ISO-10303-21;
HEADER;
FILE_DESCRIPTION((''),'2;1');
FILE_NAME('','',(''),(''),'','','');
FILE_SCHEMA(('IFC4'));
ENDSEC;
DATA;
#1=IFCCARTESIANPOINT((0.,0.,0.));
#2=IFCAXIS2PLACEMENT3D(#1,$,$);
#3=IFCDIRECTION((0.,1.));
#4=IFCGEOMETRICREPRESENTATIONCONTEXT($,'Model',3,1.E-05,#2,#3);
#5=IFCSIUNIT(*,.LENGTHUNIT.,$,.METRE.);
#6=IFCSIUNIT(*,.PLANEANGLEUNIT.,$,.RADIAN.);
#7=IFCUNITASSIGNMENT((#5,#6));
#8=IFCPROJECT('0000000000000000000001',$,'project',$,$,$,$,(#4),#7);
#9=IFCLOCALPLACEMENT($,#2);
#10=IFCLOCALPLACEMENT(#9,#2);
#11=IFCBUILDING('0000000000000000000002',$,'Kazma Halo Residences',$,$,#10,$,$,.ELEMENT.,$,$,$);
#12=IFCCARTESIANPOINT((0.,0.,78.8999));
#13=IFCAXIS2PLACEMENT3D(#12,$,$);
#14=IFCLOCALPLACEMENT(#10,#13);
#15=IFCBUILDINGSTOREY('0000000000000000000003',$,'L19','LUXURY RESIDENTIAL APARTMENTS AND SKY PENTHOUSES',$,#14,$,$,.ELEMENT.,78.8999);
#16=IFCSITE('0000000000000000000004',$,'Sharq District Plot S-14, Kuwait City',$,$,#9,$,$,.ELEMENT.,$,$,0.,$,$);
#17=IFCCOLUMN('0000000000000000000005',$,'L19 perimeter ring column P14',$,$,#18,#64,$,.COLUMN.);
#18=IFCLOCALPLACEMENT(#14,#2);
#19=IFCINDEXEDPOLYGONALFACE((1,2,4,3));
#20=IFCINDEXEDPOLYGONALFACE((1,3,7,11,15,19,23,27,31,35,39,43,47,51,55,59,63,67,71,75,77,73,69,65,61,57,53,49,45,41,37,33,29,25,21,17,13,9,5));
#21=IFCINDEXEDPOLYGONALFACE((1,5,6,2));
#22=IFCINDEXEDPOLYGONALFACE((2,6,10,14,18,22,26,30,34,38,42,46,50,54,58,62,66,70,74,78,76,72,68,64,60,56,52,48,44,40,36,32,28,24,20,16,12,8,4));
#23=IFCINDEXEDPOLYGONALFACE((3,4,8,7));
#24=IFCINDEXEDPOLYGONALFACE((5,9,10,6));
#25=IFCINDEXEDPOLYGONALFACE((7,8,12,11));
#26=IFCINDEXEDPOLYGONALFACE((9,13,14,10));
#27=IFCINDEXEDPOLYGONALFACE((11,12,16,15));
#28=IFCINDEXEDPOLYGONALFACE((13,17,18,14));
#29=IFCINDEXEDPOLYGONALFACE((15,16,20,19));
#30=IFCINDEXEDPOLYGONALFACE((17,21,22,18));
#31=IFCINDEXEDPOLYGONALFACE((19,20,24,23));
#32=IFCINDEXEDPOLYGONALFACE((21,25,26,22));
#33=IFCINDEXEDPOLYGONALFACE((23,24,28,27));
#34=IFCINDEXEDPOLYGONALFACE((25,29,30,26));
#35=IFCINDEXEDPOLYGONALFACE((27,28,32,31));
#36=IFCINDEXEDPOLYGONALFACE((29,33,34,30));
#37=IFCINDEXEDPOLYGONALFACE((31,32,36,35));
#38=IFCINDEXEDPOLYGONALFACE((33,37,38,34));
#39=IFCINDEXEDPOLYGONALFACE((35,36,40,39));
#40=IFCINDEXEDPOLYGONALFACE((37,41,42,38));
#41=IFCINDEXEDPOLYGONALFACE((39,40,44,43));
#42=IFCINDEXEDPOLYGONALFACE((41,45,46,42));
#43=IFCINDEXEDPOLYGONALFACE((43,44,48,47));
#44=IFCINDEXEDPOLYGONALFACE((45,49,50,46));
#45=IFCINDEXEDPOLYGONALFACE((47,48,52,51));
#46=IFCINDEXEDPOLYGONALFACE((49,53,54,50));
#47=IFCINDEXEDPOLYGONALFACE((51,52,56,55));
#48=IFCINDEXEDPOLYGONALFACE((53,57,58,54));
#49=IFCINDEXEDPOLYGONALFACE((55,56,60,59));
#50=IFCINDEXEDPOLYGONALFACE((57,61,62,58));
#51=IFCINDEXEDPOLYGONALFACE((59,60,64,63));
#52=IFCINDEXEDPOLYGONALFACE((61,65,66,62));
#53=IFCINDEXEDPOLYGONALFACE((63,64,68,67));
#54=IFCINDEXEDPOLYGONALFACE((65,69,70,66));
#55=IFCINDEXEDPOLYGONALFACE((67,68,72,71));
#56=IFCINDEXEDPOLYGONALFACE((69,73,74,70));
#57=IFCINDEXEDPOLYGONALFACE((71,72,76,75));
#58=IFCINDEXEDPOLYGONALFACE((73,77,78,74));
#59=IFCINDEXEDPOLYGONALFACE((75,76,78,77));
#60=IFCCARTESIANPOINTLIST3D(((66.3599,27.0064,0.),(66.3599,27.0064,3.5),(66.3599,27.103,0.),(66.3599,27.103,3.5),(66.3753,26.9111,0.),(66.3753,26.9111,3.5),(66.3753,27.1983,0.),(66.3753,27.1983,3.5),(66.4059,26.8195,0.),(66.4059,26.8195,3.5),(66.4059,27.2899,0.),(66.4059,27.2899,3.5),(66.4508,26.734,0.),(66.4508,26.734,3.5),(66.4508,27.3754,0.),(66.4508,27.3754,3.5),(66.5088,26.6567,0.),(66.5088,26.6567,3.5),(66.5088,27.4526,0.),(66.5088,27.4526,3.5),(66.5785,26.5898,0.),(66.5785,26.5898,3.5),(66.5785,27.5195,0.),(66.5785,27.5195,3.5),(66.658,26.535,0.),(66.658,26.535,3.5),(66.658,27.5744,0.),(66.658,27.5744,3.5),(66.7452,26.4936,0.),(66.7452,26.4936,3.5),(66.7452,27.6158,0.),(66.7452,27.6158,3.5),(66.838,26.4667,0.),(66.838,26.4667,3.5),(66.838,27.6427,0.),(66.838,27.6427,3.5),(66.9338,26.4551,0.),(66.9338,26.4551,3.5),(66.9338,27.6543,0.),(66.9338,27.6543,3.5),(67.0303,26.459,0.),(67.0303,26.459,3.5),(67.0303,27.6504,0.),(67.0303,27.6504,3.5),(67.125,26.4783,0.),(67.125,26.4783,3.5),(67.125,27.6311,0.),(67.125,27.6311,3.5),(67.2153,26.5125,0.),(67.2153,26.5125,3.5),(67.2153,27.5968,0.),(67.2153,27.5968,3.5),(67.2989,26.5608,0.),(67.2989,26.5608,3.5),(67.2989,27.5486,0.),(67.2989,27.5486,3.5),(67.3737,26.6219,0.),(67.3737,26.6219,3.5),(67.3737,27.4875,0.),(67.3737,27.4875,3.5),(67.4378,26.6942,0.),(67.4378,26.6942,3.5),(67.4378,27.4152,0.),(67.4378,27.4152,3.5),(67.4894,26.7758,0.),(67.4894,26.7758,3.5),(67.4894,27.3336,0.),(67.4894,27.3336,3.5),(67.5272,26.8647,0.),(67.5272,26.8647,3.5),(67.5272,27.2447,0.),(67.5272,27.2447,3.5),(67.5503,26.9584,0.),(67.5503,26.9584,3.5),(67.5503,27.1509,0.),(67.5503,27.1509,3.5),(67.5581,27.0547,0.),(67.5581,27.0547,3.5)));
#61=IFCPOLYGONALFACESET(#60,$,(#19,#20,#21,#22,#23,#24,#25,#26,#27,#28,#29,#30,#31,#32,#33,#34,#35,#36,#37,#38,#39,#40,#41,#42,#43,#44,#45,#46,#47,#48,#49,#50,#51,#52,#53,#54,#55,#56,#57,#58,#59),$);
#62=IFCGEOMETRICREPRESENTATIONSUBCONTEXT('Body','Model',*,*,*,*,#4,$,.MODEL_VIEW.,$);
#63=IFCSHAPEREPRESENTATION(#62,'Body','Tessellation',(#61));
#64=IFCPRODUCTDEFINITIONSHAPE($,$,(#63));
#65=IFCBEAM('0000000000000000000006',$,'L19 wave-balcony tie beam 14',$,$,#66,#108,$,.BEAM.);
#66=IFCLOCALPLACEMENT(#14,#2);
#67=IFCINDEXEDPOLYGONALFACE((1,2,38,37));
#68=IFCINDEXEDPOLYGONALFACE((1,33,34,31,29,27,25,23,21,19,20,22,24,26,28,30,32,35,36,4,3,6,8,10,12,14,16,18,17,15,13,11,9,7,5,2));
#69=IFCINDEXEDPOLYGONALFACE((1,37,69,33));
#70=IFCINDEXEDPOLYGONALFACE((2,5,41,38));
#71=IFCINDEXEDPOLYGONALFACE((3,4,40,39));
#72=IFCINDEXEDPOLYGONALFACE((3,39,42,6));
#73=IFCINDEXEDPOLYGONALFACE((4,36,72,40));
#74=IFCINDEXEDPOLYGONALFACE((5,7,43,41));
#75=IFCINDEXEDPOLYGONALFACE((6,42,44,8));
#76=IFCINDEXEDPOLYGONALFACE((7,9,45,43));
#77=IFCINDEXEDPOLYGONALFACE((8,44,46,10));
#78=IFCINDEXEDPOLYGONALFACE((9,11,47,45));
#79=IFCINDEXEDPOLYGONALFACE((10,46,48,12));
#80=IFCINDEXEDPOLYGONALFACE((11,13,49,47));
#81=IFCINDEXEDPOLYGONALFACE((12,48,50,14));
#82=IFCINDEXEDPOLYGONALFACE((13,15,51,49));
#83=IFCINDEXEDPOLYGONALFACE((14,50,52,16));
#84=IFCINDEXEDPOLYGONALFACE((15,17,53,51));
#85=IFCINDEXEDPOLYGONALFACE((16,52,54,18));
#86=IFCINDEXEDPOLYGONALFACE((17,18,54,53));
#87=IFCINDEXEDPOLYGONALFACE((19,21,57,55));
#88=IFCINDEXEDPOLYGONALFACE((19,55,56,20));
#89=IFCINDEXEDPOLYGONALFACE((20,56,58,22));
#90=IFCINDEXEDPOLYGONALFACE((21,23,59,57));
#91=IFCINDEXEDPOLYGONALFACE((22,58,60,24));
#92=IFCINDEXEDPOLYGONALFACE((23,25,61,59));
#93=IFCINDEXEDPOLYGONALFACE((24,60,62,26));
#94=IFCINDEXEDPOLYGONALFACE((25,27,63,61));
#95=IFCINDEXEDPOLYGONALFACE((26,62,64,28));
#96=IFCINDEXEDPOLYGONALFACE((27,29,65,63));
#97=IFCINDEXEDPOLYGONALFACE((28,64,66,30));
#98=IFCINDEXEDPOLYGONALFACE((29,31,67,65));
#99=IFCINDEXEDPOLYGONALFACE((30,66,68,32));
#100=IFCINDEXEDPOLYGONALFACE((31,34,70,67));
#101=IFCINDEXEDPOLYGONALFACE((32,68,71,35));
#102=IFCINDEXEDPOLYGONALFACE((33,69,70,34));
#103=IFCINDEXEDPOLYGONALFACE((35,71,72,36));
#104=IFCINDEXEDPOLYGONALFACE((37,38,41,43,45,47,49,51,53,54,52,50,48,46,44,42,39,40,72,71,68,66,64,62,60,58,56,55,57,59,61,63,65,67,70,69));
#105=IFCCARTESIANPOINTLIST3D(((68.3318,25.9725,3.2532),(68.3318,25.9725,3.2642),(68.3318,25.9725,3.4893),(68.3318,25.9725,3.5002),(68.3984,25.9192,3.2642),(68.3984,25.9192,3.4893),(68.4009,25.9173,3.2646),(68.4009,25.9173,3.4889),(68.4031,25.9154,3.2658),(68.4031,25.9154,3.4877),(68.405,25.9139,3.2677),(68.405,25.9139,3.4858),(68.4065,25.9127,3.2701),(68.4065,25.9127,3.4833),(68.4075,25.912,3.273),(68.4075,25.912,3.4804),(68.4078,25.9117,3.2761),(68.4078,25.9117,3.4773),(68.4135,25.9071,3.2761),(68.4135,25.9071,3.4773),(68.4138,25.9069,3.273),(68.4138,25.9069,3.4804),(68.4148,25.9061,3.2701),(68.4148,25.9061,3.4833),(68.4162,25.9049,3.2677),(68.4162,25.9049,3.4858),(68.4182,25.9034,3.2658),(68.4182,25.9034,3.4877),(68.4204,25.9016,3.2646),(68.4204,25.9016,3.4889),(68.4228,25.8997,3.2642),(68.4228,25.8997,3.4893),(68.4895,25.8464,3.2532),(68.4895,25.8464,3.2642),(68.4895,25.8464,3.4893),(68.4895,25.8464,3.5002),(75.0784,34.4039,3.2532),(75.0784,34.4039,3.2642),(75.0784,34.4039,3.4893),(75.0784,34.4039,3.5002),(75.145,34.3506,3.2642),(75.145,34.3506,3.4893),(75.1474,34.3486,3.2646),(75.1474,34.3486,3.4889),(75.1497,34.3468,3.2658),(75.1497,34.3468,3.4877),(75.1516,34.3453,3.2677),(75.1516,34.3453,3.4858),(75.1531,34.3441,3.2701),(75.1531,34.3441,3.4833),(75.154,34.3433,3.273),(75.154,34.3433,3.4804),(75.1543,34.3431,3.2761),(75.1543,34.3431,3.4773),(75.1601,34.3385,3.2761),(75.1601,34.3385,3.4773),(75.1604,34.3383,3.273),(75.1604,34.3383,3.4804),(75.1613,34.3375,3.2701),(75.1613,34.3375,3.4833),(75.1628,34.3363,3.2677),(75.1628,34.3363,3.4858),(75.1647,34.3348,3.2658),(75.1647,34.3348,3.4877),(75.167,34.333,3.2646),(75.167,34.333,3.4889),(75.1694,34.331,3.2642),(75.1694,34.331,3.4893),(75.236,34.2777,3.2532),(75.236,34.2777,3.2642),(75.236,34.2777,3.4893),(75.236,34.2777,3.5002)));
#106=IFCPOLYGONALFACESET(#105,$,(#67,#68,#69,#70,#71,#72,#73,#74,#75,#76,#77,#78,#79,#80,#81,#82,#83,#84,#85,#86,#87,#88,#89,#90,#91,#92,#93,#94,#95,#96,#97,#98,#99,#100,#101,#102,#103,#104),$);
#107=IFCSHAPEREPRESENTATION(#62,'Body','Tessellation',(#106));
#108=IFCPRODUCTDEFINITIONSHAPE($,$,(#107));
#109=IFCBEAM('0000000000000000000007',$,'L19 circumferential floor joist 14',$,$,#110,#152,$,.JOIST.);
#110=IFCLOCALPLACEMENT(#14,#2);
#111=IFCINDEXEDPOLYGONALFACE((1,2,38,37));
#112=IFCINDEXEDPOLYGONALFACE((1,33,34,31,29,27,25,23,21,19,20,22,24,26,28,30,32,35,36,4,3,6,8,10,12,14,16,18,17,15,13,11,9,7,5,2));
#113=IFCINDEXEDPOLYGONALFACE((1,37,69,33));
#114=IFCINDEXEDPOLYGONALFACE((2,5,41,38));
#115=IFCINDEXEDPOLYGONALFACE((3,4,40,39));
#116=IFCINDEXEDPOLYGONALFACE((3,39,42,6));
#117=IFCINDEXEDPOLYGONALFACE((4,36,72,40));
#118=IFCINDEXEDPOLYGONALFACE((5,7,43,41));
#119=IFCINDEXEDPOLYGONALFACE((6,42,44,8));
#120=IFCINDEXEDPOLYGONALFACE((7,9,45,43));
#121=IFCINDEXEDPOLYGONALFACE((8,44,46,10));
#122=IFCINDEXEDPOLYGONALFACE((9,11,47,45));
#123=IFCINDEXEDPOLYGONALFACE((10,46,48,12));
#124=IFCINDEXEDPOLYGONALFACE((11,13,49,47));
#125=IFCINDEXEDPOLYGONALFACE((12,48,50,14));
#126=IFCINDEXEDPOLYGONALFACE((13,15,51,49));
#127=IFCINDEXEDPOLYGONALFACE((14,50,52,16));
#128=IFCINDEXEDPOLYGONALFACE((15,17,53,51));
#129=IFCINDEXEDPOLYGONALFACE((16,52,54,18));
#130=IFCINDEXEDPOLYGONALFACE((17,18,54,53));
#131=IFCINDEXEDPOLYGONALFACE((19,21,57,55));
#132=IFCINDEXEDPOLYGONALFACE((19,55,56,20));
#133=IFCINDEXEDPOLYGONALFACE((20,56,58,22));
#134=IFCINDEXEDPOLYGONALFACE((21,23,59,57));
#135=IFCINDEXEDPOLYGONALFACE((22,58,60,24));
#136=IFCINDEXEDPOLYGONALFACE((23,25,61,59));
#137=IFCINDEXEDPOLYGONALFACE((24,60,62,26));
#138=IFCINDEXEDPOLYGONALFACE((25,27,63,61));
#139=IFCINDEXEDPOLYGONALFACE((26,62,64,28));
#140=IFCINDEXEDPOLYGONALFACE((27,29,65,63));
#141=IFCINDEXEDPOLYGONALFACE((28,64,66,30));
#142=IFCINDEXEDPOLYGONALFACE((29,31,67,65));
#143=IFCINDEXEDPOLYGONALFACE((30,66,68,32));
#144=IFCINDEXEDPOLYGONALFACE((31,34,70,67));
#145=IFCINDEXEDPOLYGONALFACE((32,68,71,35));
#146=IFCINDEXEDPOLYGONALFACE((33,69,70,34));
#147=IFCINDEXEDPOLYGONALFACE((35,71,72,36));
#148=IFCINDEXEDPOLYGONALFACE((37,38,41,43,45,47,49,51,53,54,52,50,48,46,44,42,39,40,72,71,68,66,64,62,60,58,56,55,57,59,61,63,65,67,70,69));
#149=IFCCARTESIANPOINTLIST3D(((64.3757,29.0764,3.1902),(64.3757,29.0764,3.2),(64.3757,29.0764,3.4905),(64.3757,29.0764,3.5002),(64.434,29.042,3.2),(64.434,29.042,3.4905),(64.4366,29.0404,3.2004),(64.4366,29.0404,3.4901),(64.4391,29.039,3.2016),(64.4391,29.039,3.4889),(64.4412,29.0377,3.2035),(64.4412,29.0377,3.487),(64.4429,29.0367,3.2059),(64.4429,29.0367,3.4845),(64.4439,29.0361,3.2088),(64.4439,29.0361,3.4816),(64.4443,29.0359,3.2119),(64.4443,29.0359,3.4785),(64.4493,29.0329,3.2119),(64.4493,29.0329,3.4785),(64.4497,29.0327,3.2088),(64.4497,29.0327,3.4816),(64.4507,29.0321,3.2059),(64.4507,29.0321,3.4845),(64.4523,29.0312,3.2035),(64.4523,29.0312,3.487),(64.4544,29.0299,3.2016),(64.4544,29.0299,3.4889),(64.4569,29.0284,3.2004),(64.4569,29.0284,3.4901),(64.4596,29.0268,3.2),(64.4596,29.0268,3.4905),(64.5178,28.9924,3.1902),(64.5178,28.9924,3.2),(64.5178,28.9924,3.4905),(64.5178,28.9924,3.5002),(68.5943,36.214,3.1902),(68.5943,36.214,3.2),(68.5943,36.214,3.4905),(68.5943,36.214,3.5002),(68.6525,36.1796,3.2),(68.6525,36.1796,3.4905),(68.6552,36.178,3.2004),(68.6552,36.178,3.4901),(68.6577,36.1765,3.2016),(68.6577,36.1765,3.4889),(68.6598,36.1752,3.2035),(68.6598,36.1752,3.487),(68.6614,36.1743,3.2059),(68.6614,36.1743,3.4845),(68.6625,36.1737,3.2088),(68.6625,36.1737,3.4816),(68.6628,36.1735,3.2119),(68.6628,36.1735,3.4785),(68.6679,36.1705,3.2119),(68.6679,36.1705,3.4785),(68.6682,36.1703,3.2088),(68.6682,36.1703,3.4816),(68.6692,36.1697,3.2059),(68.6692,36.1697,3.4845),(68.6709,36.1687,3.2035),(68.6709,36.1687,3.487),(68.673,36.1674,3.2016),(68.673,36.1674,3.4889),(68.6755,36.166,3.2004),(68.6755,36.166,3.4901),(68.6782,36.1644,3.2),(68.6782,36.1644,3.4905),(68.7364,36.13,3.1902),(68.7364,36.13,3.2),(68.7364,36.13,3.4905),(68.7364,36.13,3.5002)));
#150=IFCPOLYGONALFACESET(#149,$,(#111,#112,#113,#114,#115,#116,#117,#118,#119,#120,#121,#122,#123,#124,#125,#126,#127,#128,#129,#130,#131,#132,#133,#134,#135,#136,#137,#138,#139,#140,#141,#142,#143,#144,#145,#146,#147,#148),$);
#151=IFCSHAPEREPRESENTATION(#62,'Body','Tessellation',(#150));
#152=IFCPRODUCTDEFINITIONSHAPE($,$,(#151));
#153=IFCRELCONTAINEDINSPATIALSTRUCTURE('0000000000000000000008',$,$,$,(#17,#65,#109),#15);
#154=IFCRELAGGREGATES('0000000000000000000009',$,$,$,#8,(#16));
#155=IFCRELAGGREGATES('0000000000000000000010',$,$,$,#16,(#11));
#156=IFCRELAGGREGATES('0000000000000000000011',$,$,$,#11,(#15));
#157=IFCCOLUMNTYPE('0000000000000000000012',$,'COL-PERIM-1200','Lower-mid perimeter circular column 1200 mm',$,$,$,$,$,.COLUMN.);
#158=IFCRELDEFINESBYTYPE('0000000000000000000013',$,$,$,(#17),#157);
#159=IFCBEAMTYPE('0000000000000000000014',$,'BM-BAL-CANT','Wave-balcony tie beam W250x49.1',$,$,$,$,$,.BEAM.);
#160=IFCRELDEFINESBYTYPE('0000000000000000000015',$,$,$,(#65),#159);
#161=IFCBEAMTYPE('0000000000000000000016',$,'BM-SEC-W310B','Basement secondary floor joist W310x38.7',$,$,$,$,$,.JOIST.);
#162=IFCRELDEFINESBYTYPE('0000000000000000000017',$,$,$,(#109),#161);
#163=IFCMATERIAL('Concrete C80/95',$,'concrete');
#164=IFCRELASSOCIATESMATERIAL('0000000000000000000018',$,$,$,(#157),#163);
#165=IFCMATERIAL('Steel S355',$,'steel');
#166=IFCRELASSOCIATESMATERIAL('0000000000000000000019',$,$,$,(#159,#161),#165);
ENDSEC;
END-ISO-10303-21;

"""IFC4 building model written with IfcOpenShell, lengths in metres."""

from ifc_helpers import new_model, si_unit, direction, frame, origin, origin_2d, place, context, subcontext, project, spatial, circle, i_section, extrude, material, material_profile, profile_set, type_object, element, save


model = new_model("IFC4")

# Units and contexts
model_context = context("Model", 3, precision=1e-05, world=origin(), true_north=direction((0.0, 1.0)))
body_context = subcontext(model_context, "Body", "Model", "MODEL_VIEW")
ifc_project = project(units=[si_unit("LENGTHUNIT", "METRE"), si_unit("PLANEANGLEUNIT", "RADIAN")], contexts=[model_context])

# Site, building, storey
site_placement = place(None, origin())
site = spatial("IfcSite", under=ifc_project, at=site_placement, Name="Sharq District Plot S-14, Kuwait City", CompositionType="ELEMENT", RefElevation=0.0)
building_placement = place(site_placement, origin())
building = spatial("IfcBuilding", under=site, at=building_placement, Name="Kazma Halo Residences", CompositionType="ELEMENT")
storey_placement = place(building_placement, frame((0.0, 0.0, 78.8999)))
storey = spatial("IfcBuildingStorey", under=building, at=storey_placement, Name="L19", Description="LUXURY RESIDENTIAL APARTMENTS AND SKY PENTHOUSES", CompositionType="ELEMENT", Elevation=78.8999)

# Column
ifc_material_1 = material(Name="Concrete C80/95", Category="concrete")
ifc_material_profile_1 = material_profile(ifc_material_1, circle(Radius=0.6001, at=origin_2d()), Name="CIRC1200")
ifc_profile_set_1 = profile_set([ifc_material_profile_1], Name="Concrete C80/95")
column_type = type_object("IfcColumnType", Name="COL-PERIM-1200", Description="Lower-mid perimeter circular column 1200 mm", PredefinedType="COLUMN", material=ifc_profile_set_1)
column_placement = place(storey_placement, frame((66.958, 27.0547, 0.0), z_axis=(0.0, 0.0, 1.0), x_axis=(1.0, 0.0, 0.0)))
element("IfcColumn", 1, at=column_placement, inside=storey, type_object=column_type, Name="L19 perimeter ring column P14", PredefinedType="COLUMN", context=body_context, shape_type="SweptSolid", body=[
    extrude(circle(Radius=0.6001, at=origin_2d()), origin(), (0.0, 0.0, 1.0), 3.5),
])

# Beams
ifc_material_2 = material(Name="Steel S355", Category="steel")
ifc_material_profile_2 = material_profile(ifc_material_2, i_section(OverallWidth=0.2019, OverallDepth=0.2471, WebThickness=0.0073, FlangeThickness=0.011, FilletRadius=0.012, at=origin_2d()), Name="W250x49.1")
ifc_profile_set_2 = profile_set([ifc_material_profile_2], Name="Steel S355")
beam_type_1 = type_object("IfcBeamType", Name="BM-BAL-CANT", Description="Wave-balcony tie beam W250x49.1", PredefinedType="BEAM", material=ifc_profile_set_2)
beam_1_placement = place(storey_placement, frame((68.4106, 25.9094, 3.3767), z_axis=(0.624778, 0.780803, 0.0), x_axis=(-0.780803, 0.624778, 0.0)))
element("IfcBeam", 2, at=beam_1_placement, inside=storey, type_object=beam_type_1, Name="L19 wave-balcony tie beam 14", PredefinedType="BEAM", context=body_context, shape_type="SweptSolid", body=[
    extrude(i_section(OverallWidth=0.2019, OverallDepth=0.2471, WebThickness=0.0073, FlangeThickness=0.011, FilletRadius=0.012, at=origin_2d()), origin(), (0.0, 0.0, 1.0), 10.7983),
])
ifc_material_profile_3 = material_profile(ifc_material_2, i_section(OverallWidth=0.165, OverallDepth=0.3101, WebThickness=0.0059, FlangeThickness=0.0098, FilletRadius=0.012, at=origin_2d()), Name="W310x38.7")
ifc_profile_set_3 = profile_set([ifc_material_profile_3], Name="Steel S355")
beam_type_2 = type_object("IfcBeamType", Name="BM-SEC-W310B", Description="Basement secondary floor joist W310x38.7", PredefinedType="JOIST", material=ifc_profile_set_3)
beam_2_placement = place(storey_placement, frame((64.4468, 29.0344, 3.3452), z_axis=(0.508812, 0.860878, 0.0), x_axis=(-0.860878, 0.508812, 0.0)))
element("IfcBeam", 3, at=beam_2_placement, inside=storey, type_object=beam_type_2, Name="L19 circumferential floor joist 14", PredefinedType="JOIST", context=body_context, shape_type="SweptSolid", body=[
    extrude(i_section(OverallWidth=0.165, OverallDepth=0.3101, WebThickness=0.0059, FlangeThickness=0.0098, FilletRadius=0.012, at=origin_2d()), origin(), (0.0, 0.0, 1.0), 8.291),
])

save(model, "model.ifc")
